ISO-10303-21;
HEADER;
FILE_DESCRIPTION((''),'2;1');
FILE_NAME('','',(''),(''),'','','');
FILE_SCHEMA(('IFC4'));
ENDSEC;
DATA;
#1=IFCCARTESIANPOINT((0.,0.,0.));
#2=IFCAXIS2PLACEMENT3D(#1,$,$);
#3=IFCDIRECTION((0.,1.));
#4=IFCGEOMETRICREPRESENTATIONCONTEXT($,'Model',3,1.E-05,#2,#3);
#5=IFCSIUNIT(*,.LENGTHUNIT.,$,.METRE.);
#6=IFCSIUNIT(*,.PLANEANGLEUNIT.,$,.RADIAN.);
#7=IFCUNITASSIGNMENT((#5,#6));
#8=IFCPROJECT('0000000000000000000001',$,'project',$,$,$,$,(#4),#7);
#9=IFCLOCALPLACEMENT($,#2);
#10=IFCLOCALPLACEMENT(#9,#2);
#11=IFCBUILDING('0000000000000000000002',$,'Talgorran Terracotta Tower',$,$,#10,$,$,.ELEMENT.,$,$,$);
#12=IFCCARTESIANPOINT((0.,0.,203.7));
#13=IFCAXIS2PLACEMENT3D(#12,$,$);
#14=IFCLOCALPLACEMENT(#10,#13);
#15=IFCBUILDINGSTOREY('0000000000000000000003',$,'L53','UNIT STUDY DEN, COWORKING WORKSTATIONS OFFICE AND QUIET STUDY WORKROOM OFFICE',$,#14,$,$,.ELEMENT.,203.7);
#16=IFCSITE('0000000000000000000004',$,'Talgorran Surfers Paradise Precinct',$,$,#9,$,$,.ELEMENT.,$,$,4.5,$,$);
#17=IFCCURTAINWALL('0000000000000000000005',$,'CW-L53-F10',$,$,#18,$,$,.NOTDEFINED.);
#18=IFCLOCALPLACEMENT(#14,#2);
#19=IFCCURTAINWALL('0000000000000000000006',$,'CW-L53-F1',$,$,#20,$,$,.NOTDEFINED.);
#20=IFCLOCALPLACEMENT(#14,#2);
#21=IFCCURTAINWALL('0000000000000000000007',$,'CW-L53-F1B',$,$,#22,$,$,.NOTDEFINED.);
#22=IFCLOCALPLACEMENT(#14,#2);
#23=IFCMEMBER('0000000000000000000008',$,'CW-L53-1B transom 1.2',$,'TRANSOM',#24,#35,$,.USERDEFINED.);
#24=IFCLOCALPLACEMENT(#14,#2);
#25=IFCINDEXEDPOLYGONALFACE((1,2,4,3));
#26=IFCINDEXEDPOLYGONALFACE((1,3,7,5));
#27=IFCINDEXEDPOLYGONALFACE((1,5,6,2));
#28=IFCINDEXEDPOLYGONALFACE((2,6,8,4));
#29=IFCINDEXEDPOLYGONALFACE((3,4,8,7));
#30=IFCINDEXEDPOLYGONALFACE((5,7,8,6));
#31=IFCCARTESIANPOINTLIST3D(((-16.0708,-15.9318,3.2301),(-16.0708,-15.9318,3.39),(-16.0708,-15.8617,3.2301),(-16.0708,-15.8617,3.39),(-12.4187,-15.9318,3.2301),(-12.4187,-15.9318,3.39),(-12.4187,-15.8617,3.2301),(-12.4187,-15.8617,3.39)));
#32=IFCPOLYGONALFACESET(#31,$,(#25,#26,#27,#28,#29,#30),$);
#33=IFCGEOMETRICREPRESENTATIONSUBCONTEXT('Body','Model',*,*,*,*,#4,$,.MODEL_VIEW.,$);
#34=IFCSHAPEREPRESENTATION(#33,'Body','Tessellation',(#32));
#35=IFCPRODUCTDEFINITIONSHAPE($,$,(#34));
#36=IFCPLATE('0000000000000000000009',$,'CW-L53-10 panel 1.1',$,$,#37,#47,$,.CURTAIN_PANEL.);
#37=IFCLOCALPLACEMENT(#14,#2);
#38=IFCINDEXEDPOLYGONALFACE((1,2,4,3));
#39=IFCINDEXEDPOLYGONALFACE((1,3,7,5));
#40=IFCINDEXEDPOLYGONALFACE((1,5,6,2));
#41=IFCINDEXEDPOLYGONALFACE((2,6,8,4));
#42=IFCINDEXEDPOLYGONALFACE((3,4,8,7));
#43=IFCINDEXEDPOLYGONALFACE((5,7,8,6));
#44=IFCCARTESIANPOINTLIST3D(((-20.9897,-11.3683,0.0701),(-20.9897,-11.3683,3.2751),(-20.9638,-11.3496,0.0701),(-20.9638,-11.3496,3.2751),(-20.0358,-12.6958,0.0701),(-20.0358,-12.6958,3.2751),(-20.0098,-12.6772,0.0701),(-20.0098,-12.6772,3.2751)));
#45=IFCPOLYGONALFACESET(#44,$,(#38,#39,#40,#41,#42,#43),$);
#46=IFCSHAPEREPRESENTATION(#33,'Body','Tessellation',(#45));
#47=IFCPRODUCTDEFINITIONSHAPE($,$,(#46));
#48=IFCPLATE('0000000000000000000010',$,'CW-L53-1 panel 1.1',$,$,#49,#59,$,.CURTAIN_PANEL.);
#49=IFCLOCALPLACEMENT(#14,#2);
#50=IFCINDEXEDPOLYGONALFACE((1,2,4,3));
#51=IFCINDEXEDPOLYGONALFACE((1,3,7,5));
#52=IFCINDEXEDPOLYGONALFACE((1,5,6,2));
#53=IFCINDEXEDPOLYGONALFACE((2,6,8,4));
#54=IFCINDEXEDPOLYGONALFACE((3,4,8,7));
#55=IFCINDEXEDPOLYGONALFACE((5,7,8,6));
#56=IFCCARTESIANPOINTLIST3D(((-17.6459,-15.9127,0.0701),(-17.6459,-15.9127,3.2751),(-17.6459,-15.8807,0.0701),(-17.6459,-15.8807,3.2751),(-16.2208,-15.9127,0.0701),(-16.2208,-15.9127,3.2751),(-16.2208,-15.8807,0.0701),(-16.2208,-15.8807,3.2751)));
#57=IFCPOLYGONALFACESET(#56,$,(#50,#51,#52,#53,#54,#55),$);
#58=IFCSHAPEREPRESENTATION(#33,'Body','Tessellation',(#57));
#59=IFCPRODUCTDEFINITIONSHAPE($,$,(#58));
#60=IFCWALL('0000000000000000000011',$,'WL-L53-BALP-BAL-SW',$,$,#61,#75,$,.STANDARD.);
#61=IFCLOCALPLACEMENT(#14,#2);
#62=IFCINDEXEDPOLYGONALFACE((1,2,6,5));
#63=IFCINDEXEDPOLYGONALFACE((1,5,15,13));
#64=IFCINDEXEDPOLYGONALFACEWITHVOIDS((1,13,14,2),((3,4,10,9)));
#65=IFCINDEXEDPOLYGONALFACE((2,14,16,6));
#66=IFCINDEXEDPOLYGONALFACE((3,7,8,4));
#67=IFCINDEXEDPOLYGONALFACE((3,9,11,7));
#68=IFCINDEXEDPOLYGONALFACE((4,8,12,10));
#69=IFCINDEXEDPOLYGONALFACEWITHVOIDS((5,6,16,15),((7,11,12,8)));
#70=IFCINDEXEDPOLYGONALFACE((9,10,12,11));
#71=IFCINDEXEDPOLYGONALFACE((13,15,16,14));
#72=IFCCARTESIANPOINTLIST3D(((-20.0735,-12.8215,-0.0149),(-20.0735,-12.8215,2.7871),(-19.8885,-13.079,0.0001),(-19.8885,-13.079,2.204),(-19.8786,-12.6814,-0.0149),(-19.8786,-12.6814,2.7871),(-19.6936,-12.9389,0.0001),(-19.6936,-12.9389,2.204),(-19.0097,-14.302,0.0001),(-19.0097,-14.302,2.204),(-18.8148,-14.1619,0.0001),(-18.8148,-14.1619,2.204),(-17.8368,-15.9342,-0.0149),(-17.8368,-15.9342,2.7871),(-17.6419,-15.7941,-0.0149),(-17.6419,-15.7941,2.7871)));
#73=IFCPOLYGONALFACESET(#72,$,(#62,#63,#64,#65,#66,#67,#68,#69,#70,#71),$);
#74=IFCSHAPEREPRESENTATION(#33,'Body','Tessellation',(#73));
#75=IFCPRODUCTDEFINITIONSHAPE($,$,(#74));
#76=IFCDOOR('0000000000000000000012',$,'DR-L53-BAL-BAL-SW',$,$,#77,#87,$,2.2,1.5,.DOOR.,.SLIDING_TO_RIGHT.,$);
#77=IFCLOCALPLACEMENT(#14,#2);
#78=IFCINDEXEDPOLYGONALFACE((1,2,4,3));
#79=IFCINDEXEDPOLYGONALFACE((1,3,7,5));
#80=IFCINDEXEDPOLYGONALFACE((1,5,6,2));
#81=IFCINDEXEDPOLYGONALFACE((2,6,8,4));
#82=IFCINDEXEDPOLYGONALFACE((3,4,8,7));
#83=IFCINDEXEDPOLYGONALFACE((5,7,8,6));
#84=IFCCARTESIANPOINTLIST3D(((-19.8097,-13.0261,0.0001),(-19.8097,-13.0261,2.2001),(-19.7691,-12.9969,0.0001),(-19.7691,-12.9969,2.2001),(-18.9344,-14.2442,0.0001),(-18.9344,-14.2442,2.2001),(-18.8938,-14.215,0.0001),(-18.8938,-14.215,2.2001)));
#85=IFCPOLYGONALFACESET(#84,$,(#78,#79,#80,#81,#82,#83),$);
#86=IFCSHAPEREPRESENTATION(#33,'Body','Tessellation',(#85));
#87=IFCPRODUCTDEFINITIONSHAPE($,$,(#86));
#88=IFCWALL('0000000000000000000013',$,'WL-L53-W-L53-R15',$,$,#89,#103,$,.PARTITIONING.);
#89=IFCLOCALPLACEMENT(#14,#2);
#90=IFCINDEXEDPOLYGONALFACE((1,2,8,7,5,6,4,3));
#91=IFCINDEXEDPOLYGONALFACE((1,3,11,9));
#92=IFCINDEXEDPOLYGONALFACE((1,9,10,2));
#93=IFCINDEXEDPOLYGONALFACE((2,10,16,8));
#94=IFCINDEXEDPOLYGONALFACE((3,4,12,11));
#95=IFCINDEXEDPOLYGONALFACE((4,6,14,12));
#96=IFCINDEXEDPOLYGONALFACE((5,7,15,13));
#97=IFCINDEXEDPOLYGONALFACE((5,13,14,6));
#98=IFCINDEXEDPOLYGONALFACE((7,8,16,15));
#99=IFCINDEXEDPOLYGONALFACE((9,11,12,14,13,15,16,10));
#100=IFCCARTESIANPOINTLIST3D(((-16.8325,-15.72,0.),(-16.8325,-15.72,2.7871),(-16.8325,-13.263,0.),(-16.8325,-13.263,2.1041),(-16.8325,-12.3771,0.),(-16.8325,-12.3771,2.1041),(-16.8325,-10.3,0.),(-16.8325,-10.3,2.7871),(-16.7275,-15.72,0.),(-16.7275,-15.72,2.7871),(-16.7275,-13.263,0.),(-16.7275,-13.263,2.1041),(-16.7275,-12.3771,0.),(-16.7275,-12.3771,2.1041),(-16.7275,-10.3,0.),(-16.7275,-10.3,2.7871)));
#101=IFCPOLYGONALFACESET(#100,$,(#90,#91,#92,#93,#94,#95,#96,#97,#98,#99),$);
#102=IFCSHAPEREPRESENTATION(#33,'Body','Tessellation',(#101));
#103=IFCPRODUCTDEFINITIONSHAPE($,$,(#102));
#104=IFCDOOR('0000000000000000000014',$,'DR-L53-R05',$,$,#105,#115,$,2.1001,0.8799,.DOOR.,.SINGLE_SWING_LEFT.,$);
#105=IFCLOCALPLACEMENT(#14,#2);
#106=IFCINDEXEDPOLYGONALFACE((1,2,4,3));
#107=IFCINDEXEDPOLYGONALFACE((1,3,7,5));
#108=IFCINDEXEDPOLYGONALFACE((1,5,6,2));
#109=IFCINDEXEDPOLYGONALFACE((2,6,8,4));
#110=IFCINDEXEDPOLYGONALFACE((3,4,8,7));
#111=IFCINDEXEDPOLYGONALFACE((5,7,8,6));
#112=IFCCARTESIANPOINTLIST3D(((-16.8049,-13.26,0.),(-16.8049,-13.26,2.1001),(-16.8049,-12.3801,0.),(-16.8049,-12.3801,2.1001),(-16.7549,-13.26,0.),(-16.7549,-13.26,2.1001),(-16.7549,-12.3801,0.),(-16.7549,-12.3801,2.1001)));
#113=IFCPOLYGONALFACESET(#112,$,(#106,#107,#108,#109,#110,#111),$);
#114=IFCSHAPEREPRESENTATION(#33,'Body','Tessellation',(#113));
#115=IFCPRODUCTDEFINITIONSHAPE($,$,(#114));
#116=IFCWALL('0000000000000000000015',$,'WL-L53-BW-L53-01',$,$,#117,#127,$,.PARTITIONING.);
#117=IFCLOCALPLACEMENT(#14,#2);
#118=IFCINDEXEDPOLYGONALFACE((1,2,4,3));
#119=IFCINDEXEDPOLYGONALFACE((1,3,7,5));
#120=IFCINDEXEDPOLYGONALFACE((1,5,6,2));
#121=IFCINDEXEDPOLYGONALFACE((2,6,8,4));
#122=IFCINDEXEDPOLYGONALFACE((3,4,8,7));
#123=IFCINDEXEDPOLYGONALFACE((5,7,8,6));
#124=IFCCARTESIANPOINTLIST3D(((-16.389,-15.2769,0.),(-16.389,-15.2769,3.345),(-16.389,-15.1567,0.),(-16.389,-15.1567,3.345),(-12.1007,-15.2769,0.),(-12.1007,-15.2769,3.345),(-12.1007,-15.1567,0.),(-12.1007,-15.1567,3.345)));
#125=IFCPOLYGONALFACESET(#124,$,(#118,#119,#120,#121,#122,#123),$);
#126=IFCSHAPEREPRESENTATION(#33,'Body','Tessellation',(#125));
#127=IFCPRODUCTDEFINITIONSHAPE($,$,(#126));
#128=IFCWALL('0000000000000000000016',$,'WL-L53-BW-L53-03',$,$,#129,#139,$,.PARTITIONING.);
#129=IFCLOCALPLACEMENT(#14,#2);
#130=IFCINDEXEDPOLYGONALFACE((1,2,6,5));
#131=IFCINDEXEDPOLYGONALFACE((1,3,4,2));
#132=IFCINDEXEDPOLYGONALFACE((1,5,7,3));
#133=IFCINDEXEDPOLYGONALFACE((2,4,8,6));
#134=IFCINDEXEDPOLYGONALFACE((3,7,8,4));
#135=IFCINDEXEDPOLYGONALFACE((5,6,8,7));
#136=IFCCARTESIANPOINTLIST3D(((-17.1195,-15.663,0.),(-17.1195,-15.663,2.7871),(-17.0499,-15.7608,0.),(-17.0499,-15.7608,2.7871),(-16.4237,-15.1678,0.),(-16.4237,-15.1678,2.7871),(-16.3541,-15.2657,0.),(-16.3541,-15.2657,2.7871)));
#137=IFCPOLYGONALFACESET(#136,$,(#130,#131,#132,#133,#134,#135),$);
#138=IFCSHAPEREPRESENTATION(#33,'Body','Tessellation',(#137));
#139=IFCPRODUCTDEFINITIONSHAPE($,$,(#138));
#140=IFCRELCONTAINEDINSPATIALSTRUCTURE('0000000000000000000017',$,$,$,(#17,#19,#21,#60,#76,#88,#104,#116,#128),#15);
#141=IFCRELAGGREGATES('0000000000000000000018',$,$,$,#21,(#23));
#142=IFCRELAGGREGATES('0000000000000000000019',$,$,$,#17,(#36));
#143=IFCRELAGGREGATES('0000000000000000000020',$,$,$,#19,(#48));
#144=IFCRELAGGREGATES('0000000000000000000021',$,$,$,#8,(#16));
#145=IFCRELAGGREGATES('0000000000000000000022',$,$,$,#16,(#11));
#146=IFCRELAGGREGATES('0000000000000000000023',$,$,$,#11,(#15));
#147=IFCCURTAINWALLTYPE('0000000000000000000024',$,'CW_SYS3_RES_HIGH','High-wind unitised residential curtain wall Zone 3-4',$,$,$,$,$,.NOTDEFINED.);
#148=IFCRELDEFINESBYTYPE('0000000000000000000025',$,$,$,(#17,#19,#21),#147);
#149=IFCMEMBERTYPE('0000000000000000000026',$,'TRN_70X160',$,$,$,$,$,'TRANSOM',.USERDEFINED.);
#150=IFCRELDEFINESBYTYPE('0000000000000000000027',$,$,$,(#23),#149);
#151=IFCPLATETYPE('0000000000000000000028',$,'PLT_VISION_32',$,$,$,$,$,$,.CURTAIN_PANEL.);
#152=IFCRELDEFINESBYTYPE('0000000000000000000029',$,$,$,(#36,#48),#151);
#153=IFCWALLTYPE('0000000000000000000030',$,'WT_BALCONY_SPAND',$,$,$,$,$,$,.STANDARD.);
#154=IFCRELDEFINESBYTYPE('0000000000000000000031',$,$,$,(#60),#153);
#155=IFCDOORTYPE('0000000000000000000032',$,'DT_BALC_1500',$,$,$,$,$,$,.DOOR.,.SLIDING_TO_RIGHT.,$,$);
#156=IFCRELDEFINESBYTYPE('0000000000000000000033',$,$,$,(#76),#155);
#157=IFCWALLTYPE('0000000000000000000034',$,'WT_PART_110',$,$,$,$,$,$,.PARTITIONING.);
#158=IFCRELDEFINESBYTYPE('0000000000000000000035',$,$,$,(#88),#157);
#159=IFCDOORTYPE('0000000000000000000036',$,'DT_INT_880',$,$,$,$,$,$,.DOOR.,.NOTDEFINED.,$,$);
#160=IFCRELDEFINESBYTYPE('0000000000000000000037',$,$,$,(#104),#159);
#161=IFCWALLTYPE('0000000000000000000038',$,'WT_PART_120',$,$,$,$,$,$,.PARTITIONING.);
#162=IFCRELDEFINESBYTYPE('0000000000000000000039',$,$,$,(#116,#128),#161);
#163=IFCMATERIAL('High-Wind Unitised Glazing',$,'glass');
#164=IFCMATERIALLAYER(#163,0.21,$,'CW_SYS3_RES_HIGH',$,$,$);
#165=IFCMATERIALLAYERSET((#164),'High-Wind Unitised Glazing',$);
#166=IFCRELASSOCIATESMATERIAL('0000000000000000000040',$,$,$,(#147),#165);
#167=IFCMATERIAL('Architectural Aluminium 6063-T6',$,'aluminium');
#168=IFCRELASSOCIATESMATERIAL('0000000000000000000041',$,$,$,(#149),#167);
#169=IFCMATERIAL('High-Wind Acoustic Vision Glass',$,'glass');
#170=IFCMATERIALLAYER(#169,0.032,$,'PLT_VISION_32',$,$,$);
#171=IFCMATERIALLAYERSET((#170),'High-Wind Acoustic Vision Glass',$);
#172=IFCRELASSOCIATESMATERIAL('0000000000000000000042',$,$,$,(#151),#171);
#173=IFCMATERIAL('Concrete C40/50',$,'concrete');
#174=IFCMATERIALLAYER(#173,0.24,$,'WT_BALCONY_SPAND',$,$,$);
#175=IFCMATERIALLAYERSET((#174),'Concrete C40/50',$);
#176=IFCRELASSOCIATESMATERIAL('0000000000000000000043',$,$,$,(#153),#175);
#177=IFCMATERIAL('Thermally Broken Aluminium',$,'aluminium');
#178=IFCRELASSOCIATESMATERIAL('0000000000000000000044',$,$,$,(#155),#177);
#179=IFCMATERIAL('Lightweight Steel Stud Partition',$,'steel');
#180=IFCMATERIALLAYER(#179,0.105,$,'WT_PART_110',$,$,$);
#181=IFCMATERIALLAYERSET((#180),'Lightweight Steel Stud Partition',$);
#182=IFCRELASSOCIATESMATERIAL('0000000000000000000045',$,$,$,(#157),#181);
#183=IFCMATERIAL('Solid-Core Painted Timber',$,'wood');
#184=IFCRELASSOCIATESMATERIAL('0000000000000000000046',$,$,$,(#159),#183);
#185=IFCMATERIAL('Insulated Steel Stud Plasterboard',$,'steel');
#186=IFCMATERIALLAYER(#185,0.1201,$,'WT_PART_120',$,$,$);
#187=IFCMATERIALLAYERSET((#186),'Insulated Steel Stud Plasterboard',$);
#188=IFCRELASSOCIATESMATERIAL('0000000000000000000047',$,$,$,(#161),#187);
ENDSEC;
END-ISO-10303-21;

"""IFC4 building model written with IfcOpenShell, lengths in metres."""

from ifc_helpers import new_model, si_unit, direction, frame, frame_2d, origin, origin_2d, place, context, subcontext, project, spatial, rectangle, extrude, source, transform, mapped, material, layer, layer_set, material_profile, profile_set, type_object, type_shapes, element, fill, aggregate, save


model = new_model("IFC4")

# Units and contexts
model_context = context("Model", 3, precision=1e-05, world=origin(), true_north=direction((0.0, 1.0)))
body_context = subcontext(model_context, "Body", "Model", "MODEL_VIEW")
ifc_project = project(units=[si_unit("LENGTHUNIT", "METRE"), si_unit("PLANEANGLEUNIT", "RADIAN")], contexts=[model_context])

# Site, building, storey
site_placement = place(None, origin())
site = spatial("IfcSite", under=ifc_project, at=site_placement, Name="Talgorran Surfers Paradise Precinct", CompositionType="ELEMENT", RefElevation=4.5)
building_placement = place(site_placement, origin())
building = spatial("IfcBuilding", under=site, at=building_placement, Name="Talgorran Terracotta Tower", CompositionType="ELEMENT")
storey_placement = place(building_placement, frame((0.0, 0.0, 203.7)))
storey = spatial("IfcBuildingStorey", under=building, at=storey_placement, Name="L53", Description="UNIT STUDY DEN, COWORKING WORKSTATIONS OFFICE AND QUIET STUDY WORKROOM OFFICE", CompositionType="ELEMENT", Elevation=203.7)

# Curtain wall
ifc_material_1 = material(Name="High-Wind Unitised Glazing", Category="glass")
ifc_layer_1 = layer(ifc_material_1, 0.21, Name="CW_SYS3_RES_HIGH")
ifc_layer_set_1 = layer_set([ifc_layer_1], Name="High-Wind Unitised Glazing")
curtain_wall_type = type_object("IfcCurtainWallType", Name="CW_SYS3_RES_HIGH", Description="High-wind unitised residential curtain wall Zone 3-4", PredefinedType="NOTDEFINED", material=ifc_layer_set_1)
curtain_wall_1_placement = place(storey_placement, origin())
curtain_wall_1 = element("IfcCurtainWall", 1, at=curtain_wall_1_placement, inside=storey, type_object=curtain_wall_type, Name="CW-L53-F10", PredefinedType="NOTDEFINED")
ifc_material_2 = material(Name="Architectural Aluminium 6063-T6", Category="aluminium")

# Curtain wall
curtain_wall_2_placement = place(storey_placement, origin())
curtain_wall_2 = element("IfcCurtainWall", 2, at=curtain_wall_2_placement, inside=storey, type_object=curtain_wall_type, Name="CW-L53-F1", PredefinedType="NOTDEFINED")

# Curtain wall
curtain_wall_3_placement = place(storey_placement, origin())
curtain_wall_3 = element("IfcCurtainWall", 3, at=curtain_wall_3_placement, inside=storey, type_object=curtain_wall_type, Name="CW-L53-F1B", PredefinedType="NOTDEFINED")

# Member
ifc_material_profile_1 = material_profile(ifc_material_2, rectangle(XDim=0.0701, YDim=0.1599, at=origin_2d()), Name="CWT70X160")
ifc_profile_set_1 = profile_set([ifc_material_profile_1], Name="Architectural Aluminium 6063-T6")
member_type_1 = type_object("IfcMemberType", Name="TRN_70X160", ElementType="TRANSOM", PredefinedType="USERDEFINED", material=ifc_profile_set_1)
member_1_placement = place(storey_placement, frame((-16.0708, -15.8967, 3.3101), z_axis=(1.0, 0.0, 0.0), x_axis=(0.0, 1.0, 0.0)))
member_1 = element("IfcMember", 4, at=member_1_placement, type_object=member_type_1, Name="CW-L53-1B transom 1.2", ObjectType="TRANSOM", PredefinedType="USERDEFINED", context=body_context, shape_type="SweptSolid", body=[
    extrude(rectangle(XDim=0.0701, YDim=0.1599, at=origin_2d()), origin(), (0.0, 0.0, 1.0), 3.6521),
])
aggregate(curtain_wall_3, [member_1])

# Plates
ifc_material_3 = material(Name="High-Wind Acoustic Vision Glass", Category="glass")
ifc_layer_2 = layer(ifc_material_3, 0.032, Name="PLT_VISION_32")
ifc_layer_set_2 = layer_set([ifc_layer_2], Name="High-Wind Acoustic Vision Glass")
plate_type = type_object("IfcPlateType", Name="PLT_VISION_32", PredefinedType="CURTAIN_PANEL", material=ifc_layer_set_2)
shared_shape_1 = source(origin(), body_context, "Body", "SweptSolid", [
    extrude(rectangle(XDim=1.6348, YDim=0.032, at=origin_2d()), origin(), (0.0, 0.0, 1.0), 3.2051),
])
plate_1_placement = place(storey_placement, frame((-20.4998, -12.0227, 0.0701), z_axis=(0.0, 0.0, 1.0), x_axis=(0.583549, -0.812078, 0.0)))
plate_1 = element("IfcPlate", 5, at=plate_1_placement, type_object=plate_type, Name="CW-L53-10 panel 1.1", PredefinedType="CURTAIN_PANEL", context=body_context, shape_type="MappedRepresentation", body=[
    mapped(shared_shape_1, transform((0.0, 0.0, 0.0), scale=1.0)),
])
aggregate(curtain_wall_1, [plate_1])
shared_shape_2 = source(origin(), body_context, "Body", "SweptSolid", [
    extrude(rectangle(XDim=1.425, YDim=0.032, at=origin_2d()), origin(), (0.0, 0.0, 1.0), 3.2051),
])
type_shapes(plate_type, [shared_shape_1, shared_shape_2])
plate_2_placement = place(storey_placement, frame((-16.9333, -15.8967, 0.0701), z_axis=(0.0, 0.0, 1.0), x_axis=(1.0, 0.0, 0.0)))
plate_2 = element("IfcPlate", 6, at=plate_2_placement, type_object=plate_type, Name="CW-L53-1 panel 1.1", PredefinedType="CURTAIN_PANEL", context=body_context, shape_type="MappedRepresentation", body=[
    mapped(shared_shape_2, transform((0.0, 0.0, 0.0), scale=1.0)),
])
aggregate(curtain_wall_2, [plate_2])

# Walls, openings, doors
ifc_material_4 = material(Name="Concrete C40/50", Category="concrete")
ifc_layer_3 = layer(ifc_material_4, 0.24, Name="WT_BALCONY_SPAND")
ifc_layer_set_3 = layer_set([ifc_layer_3], Name="Concrete C40/50")
wall_type_1 = type_object("IfcWallType", Name="WT_BALCONY_SPAND", PredefinedType="STANDARD", material=ifc_layer_set_3)
wall_1_placement = place(storey_placement, frame((-19.9761, -12.7515, -0.0149), z_axis=(0.0, 0.0, 1.0), x_axis=(0.583549, -0.812078, 0.0)))
wall_1 = element("IfcWall", 7, at=wall_1_placement, inside=storey, type_object=wall_type_1, Name="WL-L53-BALP-BAL-SW", PredefinedType="STANDARD", context=body_context, shape_type="SweptSolid", body=[
    extrude(rectangle(XDim=3.833, YDim=0.24, at=frame_2d((1.9165, 0.0))), origin(), (0.0, 0.0, 1.0), 2.802),
])
opening_1_placement = place(wall_1_placement, frame((0.3201, 0.0, 0.0149)))
opening_1 = element("IfcOpeningElement", 8, at=opening_1_placement, cuts=wall_1, PredefinedType="OPENING", context=body_context, shape_type="SweptSolid", body=[
    extrude(rectangle(XDim=1.506, YDim=2.204, at=frame_2d((0.75, 1.1021))), frame((0.0, 0.1299, 0.0), z_axis=(0.0, -1.0, 0.0), x_axis=(1.0, 0.0, 0.0)), (0.0, 0.0, 1.0), 0.26),
])
ifc_material_5 = material(Name="Thermally Broken Aluminium", Category="aluminium")
door_type_1 = type_object("IfcDoorType", Name="DT_BALC_1500", OperationType="SLIDING_TO_RIGHT", PredefinedType="DOOR", material=ifc_material_5)
door_1_placement = place(opening_1_placement, origin())
door_1 = element("IfcDoor", 9, at=door_1_placement, inside=storey, type_object=door_type_1, Name="DR-L53-BAL-BAL-SW", OperationType="SLIDING_TO_RIGHT", OverallHeight=2.2, OverallWidth=1.5, PredefinedType="DOOR", context=body_context, shape_type="SweptSolid", body=[
    extrude(rectangle(XDim=1.5, YDim=2.2, at=frame_2d((0.75, 1.1001))), frame((0.0, 0.0249, 0.0), z_axis=(0.0, -1.0, 0.0), x_axis=(1.0, 0.0, 0.0)), (0.0, 0.0, 1.0), 0.05),
])
fill(opening_1, door_1)
ifc_material_6 = material(Name="Lightweight Steel Stud Partition", Category="steel")
ifc_layer_4 = layer(ifc_material_6, 0.105, Name="WT_PART_110")
ifc_layer_set_4 = layer_set([ifc_layer_4], Name="Lightweight Steel Stud Partition")
wall_type_2 = type_object("IfcWallType", Name="WT_PART_110", PredefinedType="PARTITIONING", material=ifc_layer_set_4)
wall_2_placement = place(storey_placement, frame((-16.78, -15.72, 0.0), z_axis=(0.0, 0.0, 1.0), x_axis=(0.0, 1.0, 0.0)))
wall_2 = element("IfcWall", 10, at=wall_2_placement, inside=storey, type_object=wall_type_2, Name="WL-L53-W-L53-R15", PredefinedType="PARTITIONING", context=body_context, shape_type="SweptSolid", body=[
    extrude(rectangle(XDim=5.4199, YDim=0.105, at=frame_2d((2.71, 0.0))), origin(), (0.0, 0.0, 1.0), 2.7871),
])
opening_2_placement = place(wall_2_placement, frame((2.46, 0.0, 0.0)))
opening_2 = element("IfcOpeningElement", 11, at=opening_2_placement, cuts=wall_2, PredefinedType="OPENING", context=body_context, shape_type="SweptSolid", body=[
    extrude(rectangle(XDim=0.8859, YDim=2.1041, at=frame_2d((0.4399, 1.052))), frame((0.0, 0.0625, 0.0), z_axis=(0.0, -1.0, 0.0), x_axis=(1.0, 0.0, 0.0)), (0.0, 0.0, 1.0), 0.125),
])
ifc_material_7 = material(Name="Solid-Core Painted Timber", Category="wood")
door_type_2 = type_object("IfcDoorType", Name="DT_INT_880", OperationType="NOTDEFINED", PredefinedType="DOOR", material=ifc_material_7)
door_2_placement = place(opening_2_placement, origin())
door_2 = element("IfcDoor", 12, at=door_2_placement, inside=storey, type_object=door_type_2, Name="DR-L53-R05", OperationType="SINGLE_SWING_LEFT", OverallHeight=2.1001, OverallWidth=0.8799, PredefinedType="DOOR", context=body_context, shape_type="SweptSolid", body=[
    extrude(rectangle(XDim=0.8799, YDim=2.1001, at=frame_2d((0.4399, 1.05))), frame((0.0, 0.0249, 0.0), z_axis=(0.0, -1.0, 0.0), x_axis=(1.0, 0.0, 0.0)), (0.0, 0.0, 1.0), 0.05),
])
fill(opening_2, door_2)

# Walls
ifc_material_8 = material(Name="Insulated Steel Stud Plasterboard", Category="steel")
ifc_layer_5 = layer(ifc_material_8, 0.1201, Name="WT_PART_120")
ifc_layer_set_5 = layer_set([ifc_layer_5], Name="Insulated Steel Stud Plasterboard")
wall_type_3 = type_object("IfcWallType", Name="WT_PART_120", PredefinedType="PARTITIONING", material=ifc_layer_set_5)
wall_3_placement = place(storey_placement, frame((-16.3889, -15.2168, 0.0), z_axis=(0.0, 0.0, 1.0), x_axis=(1.0, 0.0, 0.0)))
element("IfcWall", 13, at=wall_3_placement, inside=storey, type_object=wall_type_3, Name="WL-L53-BW-L53-01", PredefinedType="PARTITIONING", context=body_context, shape_type="SweptSolid", body=[
    extrude(rectangle(XDim=4.2883, YDim=0.1201, at=frame_2d((2.144, 0.0))), origin(), (0.0, 0.0, 1.0), 3.345),
])
wall_4_placement = place(storey_placement, frame((-17.0847, -15.7119, 0.0), z_axis=(0.0, 0.0, 1.0), x_axis=(0.814775, 0.579777, 0.0)))
element("IfcWall", 14, at=wall_4_placement, inside=storey, type_object=wall_type_3, Name="WL-L53-BW-L53-03", PredefinedType="PARTITIONING", context=body_context, shape_type="SweptSolid", body=[
    extrude(rectangle(XDim=0.854, YDim=0.1201, at=frame_2d((0.427, 0.0))), origin(), (0.0, 0.0, 1.0), 2.7871),
])

save(model, "model.ifc")
